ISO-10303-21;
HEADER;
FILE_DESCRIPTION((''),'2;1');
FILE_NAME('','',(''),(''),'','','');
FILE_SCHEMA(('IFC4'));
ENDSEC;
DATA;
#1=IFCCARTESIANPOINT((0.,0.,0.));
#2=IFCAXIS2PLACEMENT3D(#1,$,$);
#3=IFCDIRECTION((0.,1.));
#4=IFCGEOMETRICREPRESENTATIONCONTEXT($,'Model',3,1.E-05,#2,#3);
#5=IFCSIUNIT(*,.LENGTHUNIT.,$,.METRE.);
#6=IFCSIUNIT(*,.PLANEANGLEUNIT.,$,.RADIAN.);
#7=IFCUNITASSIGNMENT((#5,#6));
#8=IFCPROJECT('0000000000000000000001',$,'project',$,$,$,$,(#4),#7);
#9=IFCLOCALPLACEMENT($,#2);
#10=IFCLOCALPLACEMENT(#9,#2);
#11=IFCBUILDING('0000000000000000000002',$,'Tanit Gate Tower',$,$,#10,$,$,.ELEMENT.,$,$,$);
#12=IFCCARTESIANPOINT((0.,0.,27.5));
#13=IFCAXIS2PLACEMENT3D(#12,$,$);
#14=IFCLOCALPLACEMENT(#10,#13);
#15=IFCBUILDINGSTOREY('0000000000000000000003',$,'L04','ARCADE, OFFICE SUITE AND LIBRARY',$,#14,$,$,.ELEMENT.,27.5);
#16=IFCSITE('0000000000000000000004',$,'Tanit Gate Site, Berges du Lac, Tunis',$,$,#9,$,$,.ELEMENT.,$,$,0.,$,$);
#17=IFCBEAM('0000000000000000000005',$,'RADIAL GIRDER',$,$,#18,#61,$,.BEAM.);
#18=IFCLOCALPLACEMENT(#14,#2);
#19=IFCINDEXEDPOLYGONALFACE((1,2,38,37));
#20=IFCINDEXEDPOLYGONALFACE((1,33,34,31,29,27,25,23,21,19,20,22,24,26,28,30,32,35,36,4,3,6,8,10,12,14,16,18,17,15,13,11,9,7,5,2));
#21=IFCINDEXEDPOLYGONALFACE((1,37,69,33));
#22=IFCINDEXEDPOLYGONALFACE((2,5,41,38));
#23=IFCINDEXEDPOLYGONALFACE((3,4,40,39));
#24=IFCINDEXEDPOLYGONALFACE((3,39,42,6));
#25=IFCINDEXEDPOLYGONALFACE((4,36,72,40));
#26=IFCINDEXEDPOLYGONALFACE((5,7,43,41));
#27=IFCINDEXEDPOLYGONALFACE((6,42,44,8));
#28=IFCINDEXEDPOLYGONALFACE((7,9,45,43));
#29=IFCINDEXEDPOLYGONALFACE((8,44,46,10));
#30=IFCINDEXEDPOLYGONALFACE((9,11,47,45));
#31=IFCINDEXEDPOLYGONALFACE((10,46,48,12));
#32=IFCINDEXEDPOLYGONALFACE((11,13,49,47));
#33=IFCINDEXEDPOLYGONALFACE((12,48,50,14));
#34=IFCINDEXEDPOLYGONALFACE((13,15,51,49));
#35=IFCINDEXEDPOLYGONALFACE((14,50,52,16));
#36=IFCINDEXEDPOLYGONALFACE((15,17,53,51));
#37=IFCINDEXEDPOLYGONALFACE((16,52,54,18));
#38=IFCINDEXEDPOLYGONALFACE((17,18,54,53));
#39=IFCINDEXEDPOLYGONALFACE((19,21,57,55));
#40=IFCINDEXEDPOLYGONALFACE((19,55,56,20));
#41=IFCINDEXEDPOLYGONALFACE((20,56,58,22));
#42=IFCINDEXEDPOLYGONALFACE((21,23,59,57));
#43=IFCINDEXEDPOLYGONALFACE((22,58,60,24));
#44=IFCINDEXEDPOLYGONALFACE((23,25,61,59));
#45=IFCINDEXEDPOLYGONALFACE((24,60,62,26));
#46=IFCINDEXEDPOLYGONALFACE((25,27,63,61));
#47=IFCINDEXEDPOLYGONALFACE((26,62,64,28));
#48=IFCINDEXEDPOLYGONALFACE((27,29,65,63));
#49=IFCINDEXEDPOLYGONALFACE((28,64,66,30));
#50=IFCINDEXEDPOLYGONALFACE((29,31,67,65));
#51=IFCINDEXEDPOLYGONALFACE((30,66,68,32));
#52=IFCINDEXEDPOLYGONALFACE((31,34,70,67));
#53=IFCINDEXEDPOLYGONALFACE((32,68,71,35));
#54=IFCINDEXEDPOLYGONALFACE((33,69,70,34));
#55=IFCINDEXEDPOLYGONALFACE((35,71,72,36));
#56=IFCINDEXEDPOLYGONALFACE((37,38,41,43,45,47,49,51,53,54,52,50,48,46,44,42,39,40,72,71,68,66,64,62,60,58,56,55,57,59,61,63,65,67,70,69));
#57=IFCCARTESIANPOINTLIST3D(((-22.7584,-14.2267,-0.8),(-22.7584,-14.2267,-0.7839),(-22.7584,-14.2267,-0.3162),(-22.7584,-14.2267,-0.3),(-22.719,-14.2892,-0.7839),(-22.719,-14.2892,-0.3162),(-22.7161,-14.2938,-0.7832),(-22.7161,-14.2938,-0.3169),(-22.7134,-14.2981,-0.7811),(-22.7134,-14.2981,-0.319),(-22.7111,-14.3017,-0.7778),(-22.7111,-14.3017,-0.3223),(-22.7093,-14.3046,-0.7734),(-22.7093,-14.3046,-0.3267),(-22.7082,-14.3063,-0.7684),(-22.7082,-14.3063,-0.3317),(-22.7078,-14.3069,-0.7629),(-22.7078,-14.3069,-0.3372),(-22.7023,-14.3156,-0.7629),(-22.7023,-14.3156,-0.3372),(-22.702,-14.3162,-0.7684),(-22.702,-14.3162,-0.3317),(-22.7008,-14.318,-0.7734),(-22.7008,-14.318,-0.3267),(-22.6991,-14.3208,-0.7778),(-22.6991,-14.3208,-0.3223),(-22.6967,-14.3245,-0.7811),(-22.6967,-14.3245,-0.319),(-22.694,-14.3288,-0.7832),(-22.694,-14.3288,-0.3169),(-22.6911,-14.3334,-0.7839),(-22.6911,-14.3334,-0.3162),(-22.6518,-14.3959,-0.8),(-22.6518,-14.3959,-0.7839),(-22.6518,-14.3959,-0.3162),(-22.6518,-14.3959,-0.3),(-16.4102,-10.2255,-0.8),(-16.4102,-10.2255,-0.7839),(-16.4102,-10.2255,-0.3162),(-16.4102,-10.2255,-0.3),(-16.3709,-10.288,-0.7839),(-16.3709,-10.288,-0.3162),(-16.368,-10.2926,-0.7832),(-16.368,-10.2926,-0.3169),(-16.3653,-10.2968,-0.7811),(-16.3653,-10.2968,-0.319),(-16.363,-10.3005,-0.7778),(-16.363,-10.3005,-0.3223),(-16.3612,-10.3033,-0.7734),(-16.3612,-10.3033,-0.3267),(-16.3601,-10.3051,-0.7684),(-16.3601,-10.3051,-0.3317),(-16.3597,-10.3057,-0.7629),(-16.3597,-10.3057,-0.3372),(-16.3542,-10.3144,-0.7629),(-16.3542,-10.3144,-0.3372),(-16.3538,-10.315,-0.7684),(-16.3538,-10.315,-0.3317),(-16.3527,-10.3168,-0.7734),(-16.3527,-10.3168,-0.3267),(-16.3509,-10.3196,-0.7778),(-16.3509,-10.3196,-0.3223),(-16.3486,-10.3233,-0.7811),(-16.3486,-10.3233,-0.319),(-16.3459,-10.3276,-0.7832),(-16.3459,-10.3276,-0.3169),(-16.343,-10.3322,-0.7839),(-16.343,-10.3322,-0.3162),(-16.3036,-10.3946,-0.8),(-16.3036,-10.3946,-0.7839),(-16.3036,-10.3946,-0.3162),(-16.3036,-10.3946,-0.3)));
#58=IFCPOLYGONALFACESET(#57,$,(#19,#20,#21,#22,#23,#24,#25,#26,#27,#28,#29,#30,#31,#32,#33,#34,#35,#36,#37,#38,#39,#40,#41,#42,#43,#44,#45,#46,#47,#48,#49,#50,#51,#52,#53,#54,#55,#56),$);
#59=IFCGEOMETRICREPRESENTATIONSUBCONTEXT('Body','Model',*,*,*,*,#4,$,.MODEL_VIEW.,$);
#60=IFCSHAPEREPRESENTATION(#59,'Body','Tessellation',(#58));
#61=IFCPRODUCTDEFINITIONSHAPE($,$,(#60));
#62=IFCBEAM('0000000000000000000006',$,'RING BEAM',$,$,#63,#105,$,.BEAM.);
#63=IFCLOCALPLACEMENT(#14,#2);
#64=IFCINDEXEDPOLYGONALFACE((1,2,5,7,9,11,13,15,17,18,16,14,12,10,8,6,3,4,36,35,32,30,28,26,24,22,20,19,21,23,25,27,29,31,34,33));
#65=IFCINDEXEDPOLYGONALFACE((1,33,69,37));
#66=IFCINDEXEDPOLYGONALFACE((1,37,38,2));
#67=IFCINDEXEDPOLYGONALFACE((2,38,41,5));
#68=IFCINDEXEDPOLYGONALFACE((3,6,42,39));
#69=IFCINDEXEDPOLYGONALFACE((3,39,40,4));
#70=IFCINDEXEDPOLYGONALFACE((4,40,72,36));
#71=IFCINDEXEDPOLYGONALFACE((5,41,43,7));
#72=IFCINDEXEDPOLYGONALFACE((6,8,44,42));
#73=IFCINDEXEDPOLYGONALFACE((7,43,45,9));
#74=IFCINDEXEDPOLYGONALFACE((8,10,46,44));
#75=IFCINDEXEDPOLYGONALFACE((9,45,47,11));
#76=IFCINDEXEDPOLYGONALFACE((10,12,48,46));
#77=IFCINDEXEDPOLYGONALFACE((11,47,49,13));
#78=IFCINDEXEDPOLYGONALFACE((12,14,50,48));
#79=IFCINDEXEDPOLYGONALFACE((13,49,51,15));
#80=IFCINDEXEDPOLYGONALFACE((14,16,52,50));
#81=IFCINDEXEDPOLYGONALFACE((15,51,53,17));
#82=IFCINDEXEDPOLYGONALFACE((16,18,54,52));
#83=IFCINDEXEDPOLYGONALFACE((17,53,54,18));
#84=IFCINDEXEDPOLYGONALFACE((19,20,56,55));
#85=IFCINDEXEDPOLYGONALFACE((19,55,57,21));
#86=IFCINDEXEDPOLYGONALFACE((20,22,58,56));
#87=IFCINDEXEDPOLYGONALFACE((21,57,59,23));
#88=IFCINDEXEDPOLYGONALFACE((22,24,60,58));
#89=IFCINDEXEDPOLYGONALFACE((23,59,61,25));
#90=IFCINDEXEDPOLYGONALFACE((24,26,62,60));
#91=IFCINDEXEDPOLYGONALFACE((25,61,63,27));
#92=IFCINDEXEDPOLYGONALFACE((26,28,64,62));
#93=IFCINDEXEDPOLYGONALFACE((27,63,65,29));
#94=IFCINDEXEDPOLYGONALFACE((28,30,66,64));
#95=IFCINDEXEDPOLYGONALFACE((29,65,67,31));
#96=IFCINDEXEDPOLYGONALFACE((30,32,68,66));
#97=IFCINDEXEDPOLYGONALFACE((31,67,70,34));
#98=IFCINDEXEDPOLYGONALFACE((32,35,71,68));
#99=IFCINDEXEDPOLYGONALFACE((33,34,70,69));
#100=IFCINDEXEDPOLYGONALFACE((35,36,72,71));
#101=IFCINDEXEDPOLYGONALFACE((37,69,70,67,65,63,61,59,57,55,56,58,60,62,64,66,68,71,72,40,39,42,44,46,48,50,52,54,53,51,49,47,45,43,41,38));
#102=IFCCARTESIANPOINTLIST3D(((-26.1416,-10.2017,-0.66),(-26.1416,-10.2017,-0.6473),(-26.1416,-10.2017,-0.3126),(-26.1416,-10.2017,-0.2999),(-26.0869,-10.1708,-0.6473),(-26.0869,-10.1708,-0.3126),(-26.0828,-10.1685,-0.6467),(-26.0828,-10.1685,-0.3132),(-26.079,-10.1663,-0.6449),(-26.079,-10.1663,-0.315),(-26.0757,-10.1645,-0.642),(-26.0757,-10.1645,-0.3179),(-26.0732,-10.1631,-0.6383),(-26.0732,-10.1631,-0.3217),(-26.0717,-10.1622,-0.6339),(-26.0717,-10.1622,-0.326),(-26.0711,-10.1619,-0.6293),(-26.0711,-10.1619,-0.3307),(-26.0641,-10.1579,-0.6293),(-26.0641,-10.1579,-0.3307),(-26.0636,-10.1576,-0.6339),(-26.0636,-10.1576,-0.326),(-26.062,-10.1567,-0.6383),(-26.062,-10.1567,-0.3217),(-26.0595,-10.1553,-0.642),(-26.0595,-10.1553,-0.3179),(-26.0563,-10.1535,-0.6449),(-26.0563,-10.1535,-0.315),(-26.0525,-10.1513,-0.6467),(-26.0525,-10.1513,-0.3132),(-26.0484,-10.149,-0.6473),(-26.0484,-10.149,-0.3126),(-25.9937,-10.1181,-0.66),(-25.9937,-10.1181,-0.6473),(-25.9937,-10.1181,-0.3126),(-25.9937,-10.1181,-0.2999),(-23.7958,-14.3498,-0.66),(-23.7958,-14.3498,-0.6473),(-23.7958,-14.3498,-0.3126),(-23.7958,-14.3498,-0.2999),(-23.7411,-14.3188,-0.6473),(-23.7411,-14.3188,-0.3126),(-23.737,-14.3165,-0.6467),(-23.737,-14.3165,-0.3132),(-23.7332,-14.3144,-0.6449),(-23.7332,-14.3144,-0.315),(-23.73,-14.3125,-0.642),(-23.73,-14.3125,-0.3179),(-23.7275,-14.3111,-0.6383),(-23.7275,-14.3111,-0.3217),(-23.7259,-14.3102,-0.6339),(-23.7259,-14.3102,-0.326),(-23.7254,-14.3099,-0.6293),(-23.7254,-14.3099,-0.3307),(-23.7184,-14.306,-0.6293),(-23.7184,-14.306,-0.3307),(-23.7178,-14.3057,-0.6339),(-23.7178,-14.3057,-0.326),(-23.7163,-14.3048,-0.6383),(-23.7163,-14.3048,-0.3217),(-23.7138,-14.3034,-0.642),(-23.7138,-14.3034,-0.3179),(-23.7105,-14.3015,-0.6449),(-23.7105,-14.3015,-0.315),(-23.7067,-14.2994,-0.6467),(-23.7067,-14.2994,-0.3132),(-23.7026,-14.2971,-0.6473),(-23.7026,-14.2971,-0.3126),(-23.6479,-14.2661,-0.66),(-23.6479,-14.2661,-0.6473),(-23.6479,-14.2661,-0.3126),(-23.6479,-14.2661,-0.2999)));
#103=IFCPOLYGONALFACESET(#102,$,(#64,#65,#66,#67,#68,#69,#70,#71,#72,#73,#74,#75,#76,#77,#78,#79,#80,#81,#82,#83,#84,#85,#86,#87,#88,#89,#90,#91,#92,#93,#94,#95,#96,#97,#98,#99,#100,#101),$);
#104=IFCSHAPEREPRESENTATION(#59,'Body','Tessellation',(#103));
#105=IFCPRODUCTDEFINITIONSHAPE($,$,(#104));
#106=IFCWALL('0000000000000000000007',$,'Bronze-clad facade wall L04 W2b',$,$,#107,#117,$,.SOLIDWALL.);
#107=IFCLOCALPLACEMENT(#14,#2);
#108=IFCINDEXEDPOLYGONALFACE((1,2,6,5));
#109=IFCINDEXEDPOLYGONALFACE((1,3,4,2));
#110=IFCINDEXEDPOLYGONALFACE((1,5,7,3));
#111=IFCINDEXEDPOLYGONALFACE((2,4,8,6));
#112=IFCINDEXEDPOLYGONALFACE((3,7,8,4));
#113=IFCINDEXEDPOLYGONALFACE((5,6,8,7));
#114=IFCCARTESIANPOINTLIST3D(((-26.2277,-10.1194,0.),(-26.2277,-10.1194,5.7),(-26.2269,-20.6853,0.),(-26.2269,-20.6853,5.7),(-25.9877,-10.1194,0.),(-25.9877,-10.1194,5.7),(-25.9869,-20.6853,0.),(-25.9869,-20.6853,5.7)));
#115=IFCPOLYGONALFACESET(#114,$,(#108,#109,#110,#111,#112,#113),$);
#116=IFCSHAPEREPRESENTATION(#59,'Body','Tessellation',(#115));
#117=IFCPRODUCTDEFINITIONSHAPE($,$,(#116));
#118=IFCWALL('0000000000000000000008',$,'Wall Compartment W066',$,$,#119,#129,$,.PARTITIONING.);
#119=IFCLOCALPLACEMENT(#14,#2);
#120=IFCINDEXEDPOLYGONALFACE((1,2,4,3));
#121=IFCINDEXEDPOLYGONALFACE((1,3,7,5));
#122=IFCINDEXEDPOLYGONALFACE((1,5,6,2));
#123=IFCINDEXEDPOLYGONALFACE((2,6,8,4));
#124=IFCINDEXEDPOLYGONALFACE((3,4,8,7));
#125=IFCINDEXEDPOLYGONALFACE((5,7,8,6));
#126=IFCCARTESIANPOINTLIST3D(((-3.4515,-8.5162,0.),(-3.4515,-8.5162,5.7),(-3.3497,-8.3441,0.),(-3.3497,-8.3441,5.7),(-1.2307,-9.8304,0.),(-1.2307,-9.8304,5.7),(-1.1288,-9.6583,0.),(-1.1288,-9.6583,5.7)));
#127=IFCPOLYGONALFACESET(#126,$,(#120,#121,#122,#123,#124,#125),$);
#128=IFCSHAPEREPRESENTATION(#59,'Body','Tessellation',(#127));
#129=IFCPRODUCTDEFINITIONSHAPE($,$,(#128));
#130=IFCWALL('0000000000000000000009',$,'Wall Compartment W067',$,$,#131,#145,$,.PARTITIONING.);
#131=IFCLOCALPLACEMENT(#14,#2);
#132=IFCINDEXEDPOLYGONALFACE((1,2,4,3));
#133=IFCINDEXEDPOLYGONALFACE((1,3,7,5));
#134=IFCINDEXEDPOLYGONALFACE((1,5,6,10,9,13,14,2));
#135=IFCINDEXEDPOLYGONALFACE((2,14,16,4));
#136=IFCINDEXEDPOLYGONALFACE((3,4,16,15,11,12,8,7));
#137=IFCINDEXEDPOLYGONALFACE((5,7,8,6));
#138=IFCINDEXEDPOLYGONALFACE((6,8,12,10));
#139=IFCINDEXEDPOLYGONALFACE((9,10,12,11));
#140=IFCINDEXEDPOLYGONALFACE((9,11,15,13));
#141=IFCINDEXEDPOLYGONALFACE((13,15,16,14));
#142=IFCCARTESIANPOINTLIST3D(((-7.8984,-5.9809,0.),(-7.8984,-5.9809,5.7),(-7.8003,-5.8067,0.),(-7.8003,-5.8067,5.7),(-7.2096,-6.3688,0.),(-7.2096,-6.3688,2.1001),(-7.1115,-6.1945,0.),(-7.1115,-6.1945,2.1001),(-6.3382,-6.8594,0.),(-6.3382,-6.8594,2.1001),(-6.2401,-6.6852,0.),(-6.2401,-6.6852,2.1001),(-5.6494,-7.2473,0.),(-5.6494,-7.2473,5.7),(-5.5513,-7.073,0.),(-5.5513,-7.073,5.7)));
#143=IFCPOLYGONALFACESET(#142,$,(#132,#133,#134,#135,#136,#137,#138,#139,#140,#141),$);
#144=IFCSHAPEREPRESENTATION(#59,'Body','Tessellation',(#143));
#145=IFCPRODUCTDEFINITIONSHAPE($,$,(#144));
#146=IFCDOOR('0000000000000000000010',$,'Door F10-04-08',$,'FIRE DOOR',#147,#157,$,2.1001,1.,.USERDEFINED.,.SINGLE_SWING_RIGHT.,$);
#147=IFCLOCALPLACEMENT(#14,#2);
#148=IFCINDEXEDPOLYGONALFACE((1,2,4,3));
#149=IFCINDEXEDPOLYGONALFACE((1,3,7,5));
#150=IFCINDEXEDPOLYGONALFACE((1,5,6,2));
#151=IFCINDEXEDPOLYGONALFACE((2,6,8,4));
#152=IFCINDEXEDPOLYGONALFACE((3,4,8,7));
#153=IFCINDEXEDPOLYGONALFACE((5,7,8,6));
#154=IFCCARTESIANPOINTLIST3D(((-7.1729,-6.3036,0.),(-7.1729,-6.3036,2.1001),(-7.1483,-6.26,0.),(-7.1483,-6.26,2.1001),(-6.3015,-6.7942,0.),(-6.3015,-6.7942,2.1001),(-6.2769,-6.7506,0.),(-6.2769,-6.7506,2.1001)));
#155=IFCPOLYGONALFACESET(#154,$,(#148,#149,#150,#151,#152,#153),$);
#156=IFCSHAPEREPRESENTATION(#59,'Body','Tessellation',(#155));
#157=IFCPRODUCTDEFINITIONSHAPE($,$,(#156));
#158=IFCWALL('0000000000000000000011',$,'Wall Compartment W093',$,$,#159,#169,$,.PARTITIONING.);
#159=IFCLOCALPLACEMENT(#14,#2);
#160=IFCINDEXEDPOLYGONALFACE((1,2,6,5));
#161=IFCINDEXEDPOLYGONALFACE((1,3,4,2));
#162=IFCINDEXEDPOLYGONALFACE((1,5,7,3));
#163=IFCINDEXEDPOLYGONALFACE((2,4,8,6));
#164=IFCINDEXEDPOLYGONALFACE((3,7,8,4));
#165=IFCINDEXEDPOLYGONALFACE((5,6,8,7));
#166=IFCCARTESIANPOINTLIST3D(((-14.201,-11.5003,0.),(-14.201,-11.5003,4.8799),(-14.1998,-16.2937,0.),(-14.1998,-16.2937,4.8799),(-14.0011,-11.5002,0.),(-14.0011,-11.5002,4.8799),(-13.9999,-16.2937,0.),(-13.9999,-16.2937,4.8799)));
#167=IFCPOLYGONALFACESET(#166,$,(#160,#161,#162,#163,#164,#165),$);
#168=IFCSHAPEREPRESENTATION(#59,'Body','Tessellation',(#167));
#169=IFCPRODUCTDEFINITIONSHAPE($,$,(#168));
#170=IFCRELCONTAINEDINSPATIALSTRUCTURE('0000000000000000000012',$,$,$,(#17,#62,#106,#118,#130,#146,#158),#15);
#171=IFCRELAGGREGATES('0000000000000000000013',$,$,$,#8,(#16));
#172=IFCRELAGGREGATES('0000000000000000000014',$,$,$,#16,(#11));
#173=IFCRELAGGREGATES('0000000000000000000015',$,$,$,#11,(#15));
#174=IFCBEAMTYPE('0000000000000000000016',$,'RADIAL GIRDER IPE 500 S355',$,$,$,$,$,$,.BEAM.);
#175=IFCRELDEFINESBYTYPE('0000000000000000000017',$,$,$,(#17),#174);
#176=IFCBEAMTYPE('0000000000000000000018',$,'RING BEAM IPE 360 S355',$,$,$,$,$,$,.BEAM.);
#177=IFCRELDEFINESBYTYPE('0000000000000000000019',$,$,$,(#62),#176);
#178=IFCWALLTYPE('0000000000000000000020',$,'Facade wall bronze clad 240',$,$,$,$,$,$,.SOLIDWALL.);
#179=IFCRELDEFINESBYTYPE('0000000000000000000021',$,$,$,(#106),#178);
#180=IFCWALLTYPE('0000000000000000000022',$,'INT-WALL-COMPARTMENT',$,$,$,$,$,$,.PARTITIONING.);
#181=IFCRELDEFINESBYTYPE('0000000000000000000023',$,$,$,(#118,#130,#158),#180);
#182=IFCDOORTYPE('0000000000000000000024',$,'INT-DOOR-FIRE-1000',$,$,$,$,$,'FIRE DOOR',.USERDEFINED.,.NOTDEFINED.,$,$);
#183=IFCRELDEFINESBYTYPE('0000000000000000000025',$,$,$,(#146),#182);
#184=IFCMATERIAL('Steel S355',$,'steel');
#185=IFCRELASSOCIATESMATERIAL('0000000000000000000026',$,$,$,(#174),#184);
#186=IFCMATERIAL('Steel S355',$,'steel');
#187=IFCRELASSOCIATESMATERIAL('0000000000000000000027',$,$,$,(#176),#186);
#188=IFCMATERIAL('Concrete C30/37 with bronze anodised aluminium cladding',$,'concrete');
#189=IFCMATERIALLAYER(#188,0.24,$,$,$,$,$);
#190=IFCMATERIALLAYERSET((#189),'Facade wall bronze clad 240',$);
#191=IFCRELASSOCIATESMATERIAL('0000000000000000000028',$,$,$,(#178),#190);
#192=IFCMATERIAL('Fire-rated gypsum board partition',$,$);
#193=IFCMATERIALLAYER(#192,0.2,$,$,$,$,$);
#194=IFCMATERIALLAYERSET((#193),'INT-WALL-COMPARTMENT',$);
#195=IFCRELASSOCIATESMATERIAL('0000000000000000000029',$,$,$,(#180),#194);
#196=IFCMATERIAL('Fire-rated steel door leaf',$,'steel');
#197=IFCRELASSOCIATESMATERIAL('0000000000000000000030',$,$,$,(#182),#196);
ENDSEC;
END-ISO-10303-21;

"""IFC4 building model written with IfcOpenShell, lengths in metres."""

from ifc_helpers import new_model, si_unit, direction, frame, frame_2d, origin, origin_2d, place, context, subcontext, project, spatial, rectangle, i_section, extrude, material, layer, layer_set, material_profile, profile_set, type_object, element, fill, save


model = new_model("IFC4")

# Units and contexts
model_context = context("Model", 3, precision=1e-05, world=origin(), true_north=direction((0.0, 1.0)))
body_context = subcontext(model_context, "Body", "Model", "MODEL_VIEW")
ifc_project = project(units=[si_unit("LENGTHUNIT", "METRE"), si_unit("PLANEANGLEUNIT", "RADIAN")], contexts=[model_context])

# Site, building, storey
site_placement = place(None, origin())
site = spatial("IfcSite", under=ifc_project, at=site_placement, Name="Tanit Gate Site, Berges du Lac, Tunis", CompositionType="ELEMENT", RefElevation=0.0)
building_placement = place(site_placement, origin())
building = spatial("IfcBuilding", under=site, at=building_placement, Name="Tanit Gate Tower", CompositionType="ELEMENT")
storey_placement = place(building_placement, frame((0.0, 0.0, 27.5)))
storey = spatial("IfcBuildingStorey", under=building, at=storey_placement, Name="L04", Description="ARCADE, OFFICE SUITE AND LIBRARY", CompositionType="ELEMENT", Elevation=27.5)

# Beams
ifc_material_1 = material(Name="Steel S355", Category="steel")
ifc_material_profile_1 = material_profile(ifc_material_1, i_section(OverallWidth=0.2, OverallDepth=0.5, WebThickness=0.0103, FlangeThickness=0.0161, FilletRadius=0.021, at=origin_2d()), Name="IPE 500")
ifc_profile_set_1 = profile_set([ifc_material_profile_1], Name="Steel S355")
beam_type_1 = type_object("IfcBeamType", Name="RADIAL GIRDER IPE 500 S355", PredefinedType="BEAM", material=ifc_profile_set_1)
beam_1_placement = place(storey_placement, frame((-22.7051, -14.3113, -0.55), z_axis=(0.845978, 0.533218, 0.0), x_axis=(-0.533218, 0.845978, 0.0)))
element("IfcBeam", 1, at=beam_1_placement, inside=storey, type_object=beam_type_1, Name="RADIAL GIRDER", PredefinedType="BEAM", context=body_context, shape_type="SweptSolid", body=[
    extrude(i_section(OverallWidth=0.2, OverallDepth=0.5, WebThickness=0.0103, FlangeThickness=0.0161, FilletRadius=0.021, at=origin_2d()), origin(), (0.0, 0.0, 1.0), 7.5039),
])
ifc_material_2 = material(Name="Steel S355", Category="steel")
ifc_material_profile_2 = material_profile(ifc_material_2, i_section(OverallWidth=0.1699, OverallDepth=0.3601, WebThickness=0.0081, FlangeThickness=0.0127, FilletRadius=0.0181, at=origin_2d()), Name="IPE 360")
ifc_profile_set_2 = profile_set([ifc_material_profile_2], Name="Steel S355")
beam_type_2 = type_object("IfcBeamType", Name="RING BEAM IPE 360 S355", PredefinedType="BEAM", material=ifc_profile_set_2)
beam_2_placement = place(storey_placement, frame((-26.0676, -10.1599, -0.48), z_axis=(0.49225, -0.870454, 0.0), x_axis=(0.870454, 0.49225, 0.0)))
element("IfcBeam", 2, at=beam_2_placement, inside=storey, type_object=beam_type_2, Name="RING BEAM", PredefinedType="BEAM", context=body_context, shape_type="SweptSolid", body=[
    extrude(i_section(OverallWidth=0.1699, OverallDepth=0.3601, WebThickness=0.0081, FlangeThickness=0.0127, FilletRadius=0.0181, at=origin_2d()), origin(), (0.0, 0.0, 1.0), 4.7654),
])

# Walls
ifc_material_3 = material(Name="Concrete C30/37 with bronze anodised aluminium cladding", Category="concrete")
ifc_layer_1 = layer(ifc_material_3, 0.24)
ifc_layer_set_1 = layer_set([ifc_layer_1], Name="Facade wall bronze clad 240")
wall_type_1 = type_object("IfcWallType", Name="Facade wall bronze clad 240", PredefinedType="SOLIDWALL", material=ifc_layer_set_1)
wall_1_placement = place(storey_placement, frame((-26.1077, -10.1194, 0.0), z_axis=(0.0, 0.0, 1.0), x_axis=(0.000069, -1.0, 0.0)))
element("IfcWall", 3, at=wall_1_placement, inside=storey, type_object=wall_type_1, Name="Bronze-clad facade wall L04 W2b", PredefinedType="SOLIDWALL", context=body_context, shape_type="SweptSolid", body=[
    extrude(rectangle(XDim=10.5659, YDim=0.24, at=frame_2d((5.283, 0.0))), origin(), (0.0, 0.0, 1.0), 5.7),
])
ifc_material_4 = material(Name="Fire-rated gypsum board partition")
ifc_layer_2 = layer(ifc_material_4, 0.2)
ifc_layer_set_2 = layer_set([ifc_layer_2], Name="INT-WALL-COMPARTMENT")
wall_type_2 = type_object("IfcWallType", Name="INT-WALL-COMPARTMENT", PredefinedType="PARTITIONING", material=ifc_layer_set_2)
wall_2_placement = place(storey_placement, frame((-3.4006, -8.4302, 0.0), z_axis=(0.0, 0.0, 1.0), x_axis=(0.860616, -0.509255, 0.0)))
element("IfcWall", 4, at=wall_2_placement, inside=storey, type_object=wall_type_2, Name="Wall Compartment W066", PredefinedType="PARTITIONING", context=body_context, shape_type="SweptSolid", body=[
    extrude(rectangle(XDim=2.5806, YDim=0.2, at=frame_2d((1.2903, 0.0))), origin(), (0.0, 0.0, 1.0), 5.7),
])

# Wall, opening, door
wall_3_placement = place(storey_placement, frame((-7.8494, -5.8938, 0.0), z_axis=(0.0, 0.0, 1.0), x_axis=(0.871363, -0.490638, 0.0)))
wall_3 = element("IfcWall", 5, at=wall_3_placement, inside=storey, type_object=wall_type_2, Name="Wall Compartment W067", PredefinedType="PARTITIONING", context=body_context, shape_type="SweptSolid", body=[
    extrude(rectangle(XDim=2.5811, YDim=0.2, at=frame_2d((1.2905, 0.0))), origin(), (0.0, 0.0, 1.0), 5.7),
])
opening_1_placement = place(wall_3_placement, frame((0.7905, 0.0, 0.0)))
opening_1 = element("IfcOpeningElement", 6, at=opening_1_placement, cuts=wall_3, PredefinedType="OPENING", context=body_context, shape_type="SweptSolid", body=[
    extrude(rectangle(XDim=1.0, YDim=2.1001, at=frame_2d((0.5, 1.05))), frame((0.0, 0.1099, 0.0), z_axis=(0.0, -1.0, 0.0), x_axis=(1.0, 0.0, 0.0)), (0.0, 0.0, 1.0), 0.22),
])
ifc_material_5 = material(Name="Fire-rated steel door leaf", Category="steel")
door_type_1 = type_object("IfcDoorType", Name="INT-DOOR-FIRE-1000", ElementType="FIRE DOOR", OperationType="NOTDEFINED", PredefinedType="USERDEFINED", material=ifc_material_5)
door_1_placement = place(opening_1_placement, origin())
door_1 = element("IfcDoor", 7, at=door_1_placement, inside=storey, type_object=door_type_1, Name="Door F10-04-08", ObjectType="FIRE DOOR", OperationType="SINGLE_SWING_RIGHT", OverallHeight=2.1001, OverallWidth=1.0, PredefinedType="USERDEFINED", context=body_context, shape_type="SweptSolid", body=[
    extrude(rectangle(XDim=1.0, YDim=2.1001, at=frame_2d((0.5, 1.05))), frame((0.0, 0.0249, 0.0), z_axis=(0.0, -1.0, 0.0), x_axis=(1.0, 0.0, 0.0)), (0.0, 0.0, 1.0), 0.05),
])
fill(opening_1, door_1)

# Wall
wall_4_placement = place(storey_placement, frame((-14.1011, -11.5002, 0.0), z_axis=(0.0, 0.0, 1.0), x_axis=(0.000255, -1.0, 0.0)))
element("IfcWall", 8, at=wall_4_placement, inside=storey, type_object=wall_type_2, Name="Wall Compartment W093", PredefinedType="PARTITIONING", context=body_context, shape_type="SweptSolid", body=[
    extrude(rectangle(XDim=4.7935, YDim=0.2, at=frame_2d((2.3967, 0.0))), origin(), (0.0, 0.0, 1.0), 4.8799),
])

save(model, "model.ifc")
